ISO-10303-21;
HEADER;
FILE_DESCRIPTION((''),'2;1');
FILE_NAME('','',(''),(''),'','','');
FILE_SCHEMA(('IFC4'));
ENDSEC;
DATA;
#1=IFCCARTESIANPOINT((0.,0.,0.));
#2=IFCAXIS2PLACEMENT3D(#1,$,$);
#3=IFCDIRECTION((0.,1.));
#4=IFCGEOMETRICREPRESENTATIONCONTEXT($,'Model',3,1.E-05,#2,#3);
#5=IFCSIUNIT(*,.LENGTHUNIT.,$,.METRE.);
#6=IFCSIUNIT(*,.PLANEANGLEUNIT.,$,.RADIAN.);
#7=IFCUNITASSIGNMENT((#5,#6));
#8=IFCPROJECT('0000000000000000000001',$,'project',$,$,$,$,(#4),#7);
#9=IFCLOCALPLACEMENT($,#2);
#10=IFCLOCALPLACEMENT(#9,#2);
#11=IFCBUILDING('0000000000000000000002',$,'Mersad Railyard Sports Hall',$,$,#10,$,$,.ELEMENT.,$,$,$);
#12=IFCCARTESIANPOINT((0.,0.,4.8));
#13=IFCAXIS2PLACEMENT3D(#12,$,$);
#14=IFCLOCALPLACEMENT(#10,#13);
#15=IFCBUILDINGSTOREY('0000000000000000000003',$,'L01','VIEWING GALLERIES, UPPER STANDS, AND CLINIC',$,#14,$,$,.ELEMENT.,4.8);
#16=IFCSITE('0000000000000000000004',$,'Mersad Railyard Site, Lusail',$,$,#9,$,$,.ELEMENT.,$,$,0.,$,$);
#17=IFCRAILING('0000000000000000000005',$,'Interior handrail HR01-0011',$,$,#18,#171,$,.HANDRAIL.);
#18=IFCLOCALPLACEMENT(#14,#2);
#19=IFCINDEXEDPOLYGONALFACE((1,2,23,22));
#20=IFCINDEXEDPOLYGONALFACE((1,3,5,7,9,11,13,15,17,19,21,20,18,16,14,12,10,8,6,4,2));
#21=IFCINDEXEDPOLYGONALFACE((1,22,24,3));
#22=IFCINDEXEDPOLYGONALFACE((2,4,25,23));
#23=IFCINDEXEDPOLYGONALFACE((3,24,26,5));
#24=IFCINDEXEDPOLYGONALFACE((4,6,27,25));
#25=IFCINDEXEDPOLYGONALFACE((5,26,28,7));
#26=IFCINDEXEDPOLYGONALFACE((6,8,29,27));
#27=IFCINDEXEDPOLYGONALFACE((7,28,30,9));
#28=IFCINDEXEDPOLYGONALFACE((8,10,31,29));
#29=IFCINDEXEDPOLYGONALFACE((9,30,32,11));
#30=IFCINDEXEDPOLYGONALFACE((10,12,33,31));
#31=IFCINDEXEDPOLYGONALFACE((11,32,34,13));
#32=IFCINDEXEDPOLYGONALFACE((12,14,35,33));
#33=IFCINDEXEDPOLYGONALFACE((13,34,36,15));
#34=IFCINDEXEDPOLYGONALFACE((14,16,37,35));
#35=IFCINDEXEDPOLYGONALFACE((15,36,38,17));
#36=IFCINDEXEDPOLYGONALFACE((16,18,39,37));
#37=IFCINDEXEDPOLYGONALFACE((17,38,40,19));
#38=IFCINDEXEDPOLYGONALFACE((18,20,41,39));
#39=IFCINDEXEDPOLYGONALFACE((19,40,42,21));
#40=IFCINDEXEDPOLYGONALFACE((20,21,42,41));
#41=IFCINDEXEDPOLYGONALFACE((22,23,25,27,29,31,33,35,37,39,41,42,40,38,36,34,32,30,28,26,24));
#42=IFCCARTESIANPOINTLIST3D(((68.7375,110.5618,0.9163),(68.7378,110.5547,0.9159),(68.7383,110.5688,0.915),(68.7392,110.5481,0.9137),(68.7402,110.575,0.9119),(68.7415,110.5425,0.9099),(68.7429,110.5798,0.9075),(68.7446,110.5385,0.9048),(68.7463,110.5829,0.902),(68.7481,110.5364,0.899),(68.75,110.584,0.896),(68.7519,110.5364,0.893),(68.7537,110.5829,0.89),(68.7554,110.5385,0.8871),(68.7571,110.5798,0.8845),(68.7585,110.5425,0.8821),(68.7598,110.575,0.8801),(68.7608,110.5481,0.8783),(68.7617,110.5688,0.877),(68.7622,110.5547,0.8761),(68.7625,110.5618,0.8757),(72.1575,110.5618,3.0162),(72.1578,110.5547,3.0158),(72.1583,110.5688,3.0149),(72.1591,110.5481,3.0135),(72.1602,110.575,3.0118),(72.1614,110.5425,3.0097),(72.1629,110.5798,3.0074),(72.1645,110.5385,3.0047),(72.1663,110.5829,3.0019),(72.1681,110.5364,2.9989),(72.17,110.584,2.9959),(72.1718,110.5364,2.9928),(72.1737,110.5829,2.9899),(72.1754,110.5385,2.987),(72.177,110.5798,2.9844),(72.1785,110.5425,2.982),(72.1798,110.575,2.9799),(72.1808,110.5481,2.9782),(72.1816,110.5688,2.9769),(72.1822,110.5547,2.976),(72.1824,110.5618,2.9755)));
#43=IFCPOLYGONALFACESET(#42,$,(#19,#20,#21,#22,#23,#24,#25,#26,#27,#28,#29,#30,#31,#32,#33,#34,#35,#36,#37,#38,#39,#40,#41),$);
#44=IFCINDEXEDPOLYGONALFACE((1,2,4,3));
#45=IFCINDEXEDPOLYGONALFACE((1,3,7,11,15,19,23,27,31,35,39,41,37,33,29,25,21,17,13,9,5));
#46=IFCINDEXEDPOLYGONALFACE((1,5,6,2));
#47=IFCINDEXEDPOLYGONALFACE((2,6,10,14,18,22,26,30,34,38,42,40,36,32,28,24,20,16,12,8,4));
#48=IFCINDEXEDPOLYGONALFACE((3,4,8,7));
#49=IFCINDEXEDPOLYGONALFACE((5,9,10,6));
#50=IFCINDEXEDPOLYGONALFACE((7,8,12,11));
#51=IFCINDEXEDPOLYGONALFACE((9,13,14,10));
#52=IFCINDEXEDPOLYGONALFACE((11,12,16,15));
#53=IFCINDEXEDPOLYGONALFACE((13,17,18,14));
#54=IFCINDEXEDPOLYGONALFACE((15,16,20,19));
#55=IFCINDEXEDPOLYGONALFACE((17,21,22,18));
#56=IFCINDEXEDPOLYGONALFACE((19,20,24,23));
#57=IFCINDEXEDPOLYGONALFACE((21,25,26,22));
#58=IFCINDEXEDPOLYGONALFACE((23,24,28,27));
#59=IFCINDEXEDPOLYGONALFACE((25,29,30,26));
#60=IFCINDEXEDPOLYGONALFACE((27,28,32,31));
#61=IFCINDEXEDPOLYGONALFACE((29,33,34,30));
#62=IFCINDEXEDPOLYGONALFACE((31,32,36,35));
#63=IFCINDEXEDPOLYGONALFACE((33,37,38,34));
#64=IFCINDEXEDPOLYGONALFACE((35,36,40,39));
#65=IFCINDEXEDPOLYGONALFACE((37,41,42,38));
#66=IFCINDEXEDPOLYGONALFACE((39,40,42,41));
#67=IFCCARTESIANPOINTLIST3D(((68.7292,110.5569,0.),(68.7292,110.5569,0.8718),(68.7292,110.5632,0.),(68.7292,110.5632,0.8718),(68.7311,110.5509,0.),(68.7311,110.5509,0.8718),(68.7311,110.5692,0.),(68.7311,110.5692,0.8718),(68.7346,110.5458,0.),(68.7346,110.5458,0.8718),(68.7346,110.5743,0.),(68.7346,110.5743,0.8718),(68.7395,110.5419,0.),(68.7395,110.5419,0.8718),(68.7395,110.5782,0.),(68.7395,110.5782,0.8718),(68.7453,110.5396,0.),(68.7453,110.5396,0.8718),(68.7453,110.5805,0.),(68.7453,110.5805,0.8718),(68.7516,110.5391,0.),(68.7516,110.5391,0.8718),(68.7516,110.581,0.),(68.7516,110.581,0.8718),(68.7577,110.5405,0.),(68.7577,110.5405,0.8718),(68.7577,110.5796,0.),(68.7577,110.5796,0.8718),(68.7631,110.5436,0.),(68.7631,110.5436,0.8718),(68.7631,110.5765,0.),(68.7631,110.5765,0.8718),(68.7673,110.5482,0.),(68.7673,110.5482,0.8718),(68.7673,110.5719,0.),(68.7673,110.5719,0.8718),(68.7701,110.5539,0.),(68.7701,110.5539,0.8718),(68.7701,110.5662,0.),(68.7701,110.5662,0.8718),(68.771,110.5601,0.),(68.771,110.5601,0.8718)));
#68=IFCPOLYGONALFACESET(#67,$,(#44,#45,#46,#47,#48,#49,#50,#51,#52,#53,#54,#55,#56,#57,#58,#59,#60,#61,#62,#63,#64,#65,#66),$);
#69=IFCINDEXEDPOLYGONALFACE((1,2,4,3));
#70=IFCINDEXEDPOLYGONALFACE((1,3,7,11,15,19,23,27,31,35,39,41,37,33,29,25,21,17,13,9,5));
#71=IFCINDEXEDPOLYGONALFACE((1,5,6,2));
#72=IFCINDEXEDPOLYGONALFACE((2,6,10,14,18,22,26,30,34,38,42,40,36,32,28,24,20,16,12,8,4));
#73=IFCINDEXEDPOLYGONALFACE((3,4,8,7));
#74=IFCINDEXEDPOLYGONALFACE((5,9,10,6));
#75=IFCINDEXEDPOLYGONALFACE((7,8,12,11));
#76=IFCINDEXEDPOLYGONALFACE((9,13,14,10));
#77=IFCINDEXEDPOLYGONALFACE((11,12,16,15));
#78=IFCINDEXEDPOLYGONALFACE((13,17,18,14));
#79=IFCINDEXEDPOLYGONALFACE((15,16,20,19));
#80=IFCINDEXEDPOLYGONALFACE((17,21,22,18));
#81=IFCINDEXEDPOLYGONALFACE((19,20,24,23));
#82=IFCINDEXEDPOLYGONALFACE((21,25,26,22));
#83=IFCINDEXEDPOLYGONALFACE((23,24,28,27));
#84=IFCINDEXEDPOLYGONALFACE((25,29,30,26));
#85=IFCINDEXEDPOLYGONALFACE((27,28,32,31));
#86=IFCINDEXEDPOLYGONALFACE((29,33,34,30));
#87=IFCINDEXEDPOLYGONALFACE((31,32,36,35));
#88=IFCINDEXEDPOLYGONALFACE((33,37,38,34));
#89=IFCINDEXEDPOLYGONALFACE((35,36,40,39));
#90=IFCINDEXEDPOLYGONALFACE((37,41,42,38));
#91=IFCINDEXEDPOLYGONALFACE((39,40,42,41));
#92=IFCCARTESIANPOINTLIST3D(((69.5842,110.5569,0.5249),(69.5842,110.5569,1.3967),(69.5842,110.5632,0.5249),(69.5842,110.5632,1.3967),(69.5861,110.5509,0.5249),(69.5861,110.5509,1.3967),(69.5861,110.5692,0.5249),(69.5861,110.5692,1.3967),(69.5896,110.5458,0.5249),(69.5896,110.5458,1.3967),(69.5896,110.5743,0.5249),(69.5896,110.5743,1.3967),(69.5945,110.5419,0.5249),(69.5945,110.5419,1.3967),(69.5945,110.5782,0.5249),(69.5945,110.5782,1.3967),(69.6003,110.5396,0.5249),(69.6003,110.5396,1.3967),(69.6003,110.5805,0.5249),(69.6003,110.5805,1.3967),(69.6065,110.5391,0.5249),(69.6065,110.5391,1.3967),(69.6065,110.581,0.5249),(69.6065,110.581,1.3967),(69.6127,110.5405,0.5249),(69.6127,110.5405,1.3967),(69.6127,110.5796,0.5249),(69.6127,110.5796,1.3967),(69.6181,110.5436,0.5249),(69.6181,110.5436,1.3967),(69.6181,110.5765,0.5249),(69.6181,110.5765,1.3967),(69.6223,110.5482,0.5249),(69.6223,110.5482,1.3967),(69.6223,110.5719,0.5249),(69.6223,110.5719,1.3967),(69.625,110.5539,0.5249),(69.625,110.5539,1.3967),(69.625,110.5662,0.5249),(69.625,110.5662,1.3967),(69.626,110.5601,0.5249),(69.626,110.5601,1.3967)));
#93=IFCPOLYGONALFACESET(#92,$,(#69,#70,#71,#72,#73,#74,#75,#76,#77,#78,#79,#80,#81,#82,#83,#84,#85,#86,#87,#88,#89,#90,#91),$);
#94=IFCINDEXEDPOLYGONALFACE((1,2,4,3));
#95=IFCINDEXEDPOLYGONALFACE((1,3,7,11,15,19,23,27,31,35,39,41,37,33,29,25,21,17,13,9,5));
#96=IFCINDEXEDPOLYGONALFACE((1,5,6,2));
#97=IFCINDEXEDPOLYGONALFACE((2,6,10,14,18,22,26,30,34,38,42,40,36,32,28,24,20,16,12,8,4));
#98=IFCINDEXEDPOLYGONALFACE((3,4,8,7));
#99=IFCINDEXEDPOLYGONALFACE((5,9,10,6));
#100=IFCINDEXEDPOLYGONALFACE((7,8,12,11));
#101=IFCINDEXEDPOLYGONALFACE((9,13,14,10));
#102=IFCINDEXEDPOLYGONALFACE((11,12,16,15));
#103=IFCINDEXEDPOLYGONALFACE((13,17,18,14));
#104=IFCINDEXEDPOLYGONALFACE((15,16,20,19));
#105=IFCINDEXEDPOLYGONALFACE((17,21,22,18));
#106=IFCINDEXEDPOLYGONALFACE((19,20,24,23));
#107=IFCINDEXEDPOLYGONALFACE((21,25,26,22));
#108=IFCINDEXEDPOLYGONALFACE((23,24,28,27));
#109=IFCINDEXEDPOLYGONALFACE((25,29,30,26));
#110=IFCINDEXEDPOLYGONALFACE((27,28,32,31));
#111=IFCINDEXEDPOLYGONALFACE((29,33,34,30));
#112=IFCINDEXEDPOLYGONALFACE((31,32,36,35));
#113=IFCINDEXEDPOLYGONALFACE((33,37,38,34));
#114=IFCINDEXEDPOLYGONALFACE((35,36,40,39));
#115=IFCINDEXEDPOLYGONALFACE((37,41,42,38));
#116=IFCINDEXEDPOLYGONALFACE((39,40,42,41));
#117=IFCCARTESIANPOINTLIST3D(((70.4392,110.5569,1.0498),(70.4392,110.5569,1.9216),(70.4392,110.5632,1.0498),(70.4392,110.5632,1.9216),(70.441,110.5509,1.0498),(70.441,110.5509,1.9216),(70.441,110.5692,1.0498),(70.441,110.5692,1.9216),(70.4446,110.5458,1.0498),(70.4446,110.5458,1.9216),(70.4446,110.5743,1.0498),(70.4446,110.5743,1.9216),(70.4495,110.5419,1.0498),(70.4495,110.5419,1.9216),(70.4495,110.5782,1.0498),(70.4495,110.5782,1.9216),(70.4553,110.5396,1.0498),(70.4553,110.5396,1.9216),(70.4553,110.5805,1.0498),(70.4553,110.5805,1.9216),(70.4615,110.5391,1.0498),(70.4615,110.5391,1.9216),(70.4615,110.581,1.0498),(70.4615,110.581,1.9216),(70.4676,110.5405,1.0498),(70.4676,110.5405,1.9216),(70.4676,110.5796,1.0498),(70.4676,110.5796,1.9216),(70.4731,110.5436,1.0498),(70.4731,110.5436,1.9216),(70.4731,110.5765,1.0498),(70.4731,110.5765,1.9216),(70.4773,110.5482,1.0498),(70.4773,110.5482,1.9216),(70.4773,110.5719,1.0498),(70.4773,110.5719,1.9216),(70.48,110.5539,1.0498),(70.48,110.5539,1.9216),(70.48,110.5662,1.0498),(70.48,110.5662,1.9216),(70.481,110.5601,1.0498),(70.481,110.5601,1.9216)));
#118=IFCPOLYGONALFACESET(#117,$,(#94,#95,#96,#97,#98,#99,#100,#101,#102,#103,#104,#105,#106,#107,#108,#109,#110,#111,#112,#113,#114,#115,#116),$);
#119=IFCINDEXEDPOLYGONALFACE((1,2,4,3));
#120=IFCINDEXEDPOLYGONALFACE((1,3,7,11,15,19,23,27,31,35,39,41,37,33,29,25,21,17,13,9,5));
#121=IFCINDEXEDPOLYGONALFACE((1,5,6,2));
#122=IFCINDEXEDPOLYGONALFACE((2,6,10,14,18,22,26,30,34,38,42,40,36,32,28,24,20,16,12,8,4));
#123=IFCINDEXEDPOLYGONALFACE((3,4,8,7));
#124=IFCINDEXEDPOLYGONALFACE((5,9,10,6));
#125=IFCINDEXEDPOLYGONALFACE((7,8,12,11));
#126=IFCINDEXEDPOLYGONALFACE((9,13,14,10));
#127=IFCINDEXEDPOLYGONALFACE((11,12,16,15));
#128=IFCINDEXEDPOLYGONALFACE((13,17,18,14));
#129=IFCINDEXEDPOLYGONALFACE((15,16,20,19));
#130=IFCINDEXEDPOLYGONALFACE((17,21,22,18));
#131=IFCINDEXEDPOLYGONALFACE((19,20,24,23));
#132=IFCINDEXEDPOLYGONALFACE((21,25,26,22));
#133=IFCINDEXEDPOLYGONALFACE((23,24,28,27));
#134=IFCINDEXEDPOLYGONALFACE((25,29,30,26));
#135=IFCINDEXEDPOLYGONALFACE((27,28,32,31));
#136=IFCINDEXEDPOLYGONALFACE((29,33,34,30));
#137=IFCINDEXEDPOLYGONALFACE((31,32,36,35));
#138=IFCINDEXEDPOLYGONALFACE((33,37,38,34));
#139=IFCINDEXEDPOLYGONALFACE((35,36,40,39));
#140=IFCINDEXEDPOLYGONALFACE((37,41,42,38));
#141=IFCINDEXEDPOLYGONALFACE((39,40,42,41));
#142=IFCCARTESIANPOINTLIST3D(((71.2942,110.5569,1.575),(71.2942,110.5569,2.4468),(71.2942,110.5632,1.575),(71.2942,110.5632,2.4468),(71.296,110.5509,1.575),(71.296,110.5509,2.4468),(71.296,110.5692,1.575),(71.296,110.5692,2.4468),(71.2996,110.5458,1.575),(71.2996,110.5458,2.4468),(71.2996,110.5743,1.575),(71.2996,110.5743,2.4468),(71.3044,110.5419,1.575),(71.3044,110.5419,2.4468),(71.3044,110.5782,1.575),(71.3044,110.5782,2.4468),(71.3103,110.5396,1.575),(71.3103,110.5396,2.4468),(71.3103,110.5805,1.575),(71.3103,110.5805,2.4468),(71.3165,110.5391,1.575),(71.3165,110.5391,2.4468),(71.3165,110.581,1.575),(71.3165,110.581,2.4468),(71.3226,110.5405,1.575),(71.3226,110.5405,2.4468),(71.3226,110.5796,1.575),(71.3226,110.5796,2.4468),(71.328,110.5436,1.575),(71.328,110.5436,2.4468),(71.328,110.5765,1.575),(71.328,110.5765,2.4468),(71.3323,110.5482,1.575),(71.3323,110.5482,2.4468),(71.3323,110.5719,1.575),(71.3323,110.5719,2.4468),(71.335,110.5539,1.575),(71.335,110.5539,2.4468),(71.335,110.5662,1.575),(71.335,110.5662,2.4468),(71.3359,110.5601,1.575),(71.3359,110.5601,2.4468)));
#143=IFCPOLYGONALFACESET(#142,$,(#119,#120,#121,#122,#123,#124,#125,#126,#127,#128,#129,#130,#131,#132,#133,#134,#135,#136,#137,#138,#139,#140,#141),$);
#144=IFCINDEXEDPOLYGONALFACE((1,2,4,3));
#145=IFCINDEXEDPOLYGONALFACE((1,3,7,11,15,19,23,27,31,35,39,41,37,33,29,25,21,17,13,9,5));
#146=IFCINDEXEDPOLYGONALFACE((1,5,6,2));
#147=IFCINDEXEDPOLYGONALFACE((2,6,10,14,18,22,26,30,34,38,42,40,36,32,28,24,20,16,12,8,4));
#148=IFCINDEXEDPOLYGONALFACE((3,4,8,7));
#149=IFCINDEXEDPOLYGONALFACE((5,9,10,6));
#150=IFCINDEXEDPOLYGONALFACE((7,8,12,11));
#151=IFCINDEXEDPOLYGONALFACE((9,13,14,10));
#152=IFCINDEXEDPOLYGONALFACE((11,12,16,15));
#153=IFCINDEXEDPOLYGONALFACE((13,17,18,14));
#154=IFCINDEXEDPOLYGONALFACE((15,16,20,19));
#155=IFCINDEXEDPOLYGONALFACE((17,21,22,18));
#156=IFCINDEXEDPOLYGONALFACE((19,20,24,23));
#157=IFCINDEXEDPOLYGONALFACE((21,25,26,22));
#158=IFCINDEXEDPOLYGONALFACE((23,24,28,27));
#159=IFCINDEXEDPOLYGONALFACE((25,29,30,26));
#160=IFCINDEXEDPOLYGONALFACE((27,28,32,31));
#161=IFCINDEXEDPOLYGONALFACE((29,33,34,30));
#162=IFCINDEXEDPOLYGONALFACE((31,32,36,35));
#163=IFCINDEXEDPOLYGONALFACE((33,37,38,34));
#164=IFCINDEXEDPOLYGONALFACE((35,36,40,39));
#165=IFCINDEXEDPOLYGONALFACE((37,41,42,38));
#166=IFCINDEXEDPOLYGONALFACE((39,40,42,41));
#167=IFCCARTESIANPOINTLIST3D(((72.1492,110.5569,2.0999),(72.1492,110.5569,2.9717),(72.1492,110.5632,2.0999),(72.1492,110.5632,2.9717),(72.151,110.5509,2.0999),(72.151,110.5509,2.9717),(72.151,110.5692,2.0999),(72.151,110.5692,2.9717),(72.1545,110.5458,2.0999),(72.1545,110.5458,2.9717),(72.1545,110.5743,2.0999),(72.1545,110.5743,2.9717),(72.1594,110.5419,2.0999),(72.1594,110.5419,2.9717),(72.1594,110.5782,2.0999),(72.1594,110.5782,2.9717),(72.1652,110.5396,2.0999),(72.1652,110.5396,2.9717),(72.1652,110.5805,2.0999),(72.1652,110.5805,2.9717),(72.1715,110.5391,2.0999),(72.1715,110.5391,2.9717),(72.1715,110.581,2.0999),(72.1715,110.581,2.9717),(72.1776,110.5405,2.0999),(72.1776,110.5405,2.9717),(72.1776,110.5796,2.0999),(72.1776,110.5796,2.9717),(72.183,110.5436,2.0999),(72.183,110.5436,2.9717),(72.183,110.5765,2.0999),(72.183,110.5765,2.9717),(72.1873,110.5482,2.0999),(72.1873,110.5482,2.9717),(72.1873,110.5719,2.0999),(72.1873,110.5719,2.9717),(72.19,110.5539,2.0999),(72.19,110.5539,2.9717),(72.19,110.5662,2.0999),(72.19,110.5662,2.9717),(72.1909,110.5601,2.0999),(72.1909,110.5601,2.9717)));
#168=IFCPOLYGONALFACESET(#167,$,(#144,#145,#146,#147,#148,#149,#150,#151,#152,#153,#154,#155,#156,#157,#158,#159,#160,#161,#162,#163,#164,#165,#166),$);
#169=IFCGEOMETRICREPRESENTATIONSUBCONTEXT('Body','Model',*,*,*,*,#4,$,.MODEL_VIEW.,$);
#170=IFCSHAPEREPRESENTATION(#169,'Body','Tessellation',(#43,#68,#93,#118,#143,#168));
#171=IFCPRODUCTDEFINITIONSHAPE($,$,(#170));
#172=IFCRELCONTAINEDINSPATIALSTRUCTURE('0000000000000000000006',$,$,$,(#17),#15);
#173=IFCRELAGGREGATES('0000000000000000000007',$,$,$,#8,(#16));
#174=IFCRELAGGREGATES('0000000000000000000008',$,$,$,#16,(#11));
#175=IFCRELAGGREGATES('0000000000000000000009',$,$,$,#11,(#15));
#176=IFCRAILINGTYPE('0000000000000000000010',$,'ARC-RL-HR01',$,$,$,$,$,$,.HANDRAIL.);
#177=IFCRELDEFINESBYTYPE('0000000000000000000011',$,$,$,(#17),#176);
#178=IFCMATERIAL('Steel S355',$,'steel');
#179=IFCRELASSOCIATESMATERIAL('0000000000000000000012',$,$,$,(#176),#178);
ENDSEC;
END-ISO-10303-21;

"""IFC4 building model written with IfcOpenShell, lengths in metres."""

from ifc_helpers import new_model, si_unit, direction, frame, origin, origin_2d, place, context, subcontext, project, spatial, circle, extrude, material, type_object, element, save


model = new_model("IFC4")

# Units and contexts
model_context = context("Model", 3, precision=1e-05, world=origin(), true_north=direction((0.0, 1.0)))
body_context = subcontext(model_context, "Body", "Model", "MODEL_VIEW")
ifc_project = project(units=[si_unit("LENGTHUNIT", "METRE"), si_unit("PLANEANGLEUNIT", "RADIAN")], contexts=[model_context])

# Site, building, storey
site_placement = place(None, origin())
site = spatial("IfcSite", under=ifc_project, at=site_placement, Name="Mersad Railyard Site, Lusail", CompositionType="ELEMENT", RefElevation=0.0)
building_placement = place(site_placement, origin())
building = spatial("IfcBuilding", under=site, at=building_placement, Name="Mersad Railyard Sports Hall", CompositionType="ELEMENT")
storey_placement = place(building_placement, frame((0.0, 0.0, 4.8)))
storey = spatial("IfcBuildingStorey", under=building, at=storey_placement, Name="L01", Description="VIEWING GALLERIES, UPPER STANDS, AND CLINIC", CompositionType="ELEMENT", Elevation=4.8)

# Shared definitions
ifc_material_1 = material(Name="Steel S355", Category="steel")

# Railing
railing_type_1 = type_object("IfcRailingType", Name="ARC-RL-HR01", PredefinedType="HANDRAIL", material=ifc_material_1)
railing_1_placement = place(storey_placement, frame((68.75, 110.5601, 0.0)))
element("IfcRailing", 1, at=railing_1_placement, inside=storey, type_object=railing_type_1, Name="Interior handrail HR01-0011", PredefinedType="HANDRAIL", context=body_context, shape_type="SweptSolid", body=[
    extrude(circle(Radius=0.0239, at=origin_2d()), frame((0.0, 0.0, 0.896), z_axis=(0.852182, 0.0, 0.523245), x_axis=(0.0, 1.0, 0.0)), (0.0, 0.0, 1.0), 4.0132),
    extrude(circle(Radius=0.021, at=origin_2d()), origin(), (0.0, 0.0, 1.0), 0.8718),
    extrude(circle(Radius=0.021, at=origin_2d()), frame((0.855, 0.0, 0.5249)), (0.0, 0.0, 1.0), 0.8718),
    extrude(circle(Radius=0.021, at=origin_2d()), frame((1.71, 0.0, 1.0498)), (0.0, 0.0, 1.0), 0.8718),
    extrude(circle(Radius=0.021, at=origin_2d()), frame((2.5649, 0.0, 1.575)), (0.0, 0.0, 1.0), 0.8718),
    extrude(circle(Radius=0.021, at=origin_2d()), frame((3.4199, 0.0, 2.0999)), (0.0, 0.0, 1.0), 0.8718),
])

save(model, "model.ifc")
